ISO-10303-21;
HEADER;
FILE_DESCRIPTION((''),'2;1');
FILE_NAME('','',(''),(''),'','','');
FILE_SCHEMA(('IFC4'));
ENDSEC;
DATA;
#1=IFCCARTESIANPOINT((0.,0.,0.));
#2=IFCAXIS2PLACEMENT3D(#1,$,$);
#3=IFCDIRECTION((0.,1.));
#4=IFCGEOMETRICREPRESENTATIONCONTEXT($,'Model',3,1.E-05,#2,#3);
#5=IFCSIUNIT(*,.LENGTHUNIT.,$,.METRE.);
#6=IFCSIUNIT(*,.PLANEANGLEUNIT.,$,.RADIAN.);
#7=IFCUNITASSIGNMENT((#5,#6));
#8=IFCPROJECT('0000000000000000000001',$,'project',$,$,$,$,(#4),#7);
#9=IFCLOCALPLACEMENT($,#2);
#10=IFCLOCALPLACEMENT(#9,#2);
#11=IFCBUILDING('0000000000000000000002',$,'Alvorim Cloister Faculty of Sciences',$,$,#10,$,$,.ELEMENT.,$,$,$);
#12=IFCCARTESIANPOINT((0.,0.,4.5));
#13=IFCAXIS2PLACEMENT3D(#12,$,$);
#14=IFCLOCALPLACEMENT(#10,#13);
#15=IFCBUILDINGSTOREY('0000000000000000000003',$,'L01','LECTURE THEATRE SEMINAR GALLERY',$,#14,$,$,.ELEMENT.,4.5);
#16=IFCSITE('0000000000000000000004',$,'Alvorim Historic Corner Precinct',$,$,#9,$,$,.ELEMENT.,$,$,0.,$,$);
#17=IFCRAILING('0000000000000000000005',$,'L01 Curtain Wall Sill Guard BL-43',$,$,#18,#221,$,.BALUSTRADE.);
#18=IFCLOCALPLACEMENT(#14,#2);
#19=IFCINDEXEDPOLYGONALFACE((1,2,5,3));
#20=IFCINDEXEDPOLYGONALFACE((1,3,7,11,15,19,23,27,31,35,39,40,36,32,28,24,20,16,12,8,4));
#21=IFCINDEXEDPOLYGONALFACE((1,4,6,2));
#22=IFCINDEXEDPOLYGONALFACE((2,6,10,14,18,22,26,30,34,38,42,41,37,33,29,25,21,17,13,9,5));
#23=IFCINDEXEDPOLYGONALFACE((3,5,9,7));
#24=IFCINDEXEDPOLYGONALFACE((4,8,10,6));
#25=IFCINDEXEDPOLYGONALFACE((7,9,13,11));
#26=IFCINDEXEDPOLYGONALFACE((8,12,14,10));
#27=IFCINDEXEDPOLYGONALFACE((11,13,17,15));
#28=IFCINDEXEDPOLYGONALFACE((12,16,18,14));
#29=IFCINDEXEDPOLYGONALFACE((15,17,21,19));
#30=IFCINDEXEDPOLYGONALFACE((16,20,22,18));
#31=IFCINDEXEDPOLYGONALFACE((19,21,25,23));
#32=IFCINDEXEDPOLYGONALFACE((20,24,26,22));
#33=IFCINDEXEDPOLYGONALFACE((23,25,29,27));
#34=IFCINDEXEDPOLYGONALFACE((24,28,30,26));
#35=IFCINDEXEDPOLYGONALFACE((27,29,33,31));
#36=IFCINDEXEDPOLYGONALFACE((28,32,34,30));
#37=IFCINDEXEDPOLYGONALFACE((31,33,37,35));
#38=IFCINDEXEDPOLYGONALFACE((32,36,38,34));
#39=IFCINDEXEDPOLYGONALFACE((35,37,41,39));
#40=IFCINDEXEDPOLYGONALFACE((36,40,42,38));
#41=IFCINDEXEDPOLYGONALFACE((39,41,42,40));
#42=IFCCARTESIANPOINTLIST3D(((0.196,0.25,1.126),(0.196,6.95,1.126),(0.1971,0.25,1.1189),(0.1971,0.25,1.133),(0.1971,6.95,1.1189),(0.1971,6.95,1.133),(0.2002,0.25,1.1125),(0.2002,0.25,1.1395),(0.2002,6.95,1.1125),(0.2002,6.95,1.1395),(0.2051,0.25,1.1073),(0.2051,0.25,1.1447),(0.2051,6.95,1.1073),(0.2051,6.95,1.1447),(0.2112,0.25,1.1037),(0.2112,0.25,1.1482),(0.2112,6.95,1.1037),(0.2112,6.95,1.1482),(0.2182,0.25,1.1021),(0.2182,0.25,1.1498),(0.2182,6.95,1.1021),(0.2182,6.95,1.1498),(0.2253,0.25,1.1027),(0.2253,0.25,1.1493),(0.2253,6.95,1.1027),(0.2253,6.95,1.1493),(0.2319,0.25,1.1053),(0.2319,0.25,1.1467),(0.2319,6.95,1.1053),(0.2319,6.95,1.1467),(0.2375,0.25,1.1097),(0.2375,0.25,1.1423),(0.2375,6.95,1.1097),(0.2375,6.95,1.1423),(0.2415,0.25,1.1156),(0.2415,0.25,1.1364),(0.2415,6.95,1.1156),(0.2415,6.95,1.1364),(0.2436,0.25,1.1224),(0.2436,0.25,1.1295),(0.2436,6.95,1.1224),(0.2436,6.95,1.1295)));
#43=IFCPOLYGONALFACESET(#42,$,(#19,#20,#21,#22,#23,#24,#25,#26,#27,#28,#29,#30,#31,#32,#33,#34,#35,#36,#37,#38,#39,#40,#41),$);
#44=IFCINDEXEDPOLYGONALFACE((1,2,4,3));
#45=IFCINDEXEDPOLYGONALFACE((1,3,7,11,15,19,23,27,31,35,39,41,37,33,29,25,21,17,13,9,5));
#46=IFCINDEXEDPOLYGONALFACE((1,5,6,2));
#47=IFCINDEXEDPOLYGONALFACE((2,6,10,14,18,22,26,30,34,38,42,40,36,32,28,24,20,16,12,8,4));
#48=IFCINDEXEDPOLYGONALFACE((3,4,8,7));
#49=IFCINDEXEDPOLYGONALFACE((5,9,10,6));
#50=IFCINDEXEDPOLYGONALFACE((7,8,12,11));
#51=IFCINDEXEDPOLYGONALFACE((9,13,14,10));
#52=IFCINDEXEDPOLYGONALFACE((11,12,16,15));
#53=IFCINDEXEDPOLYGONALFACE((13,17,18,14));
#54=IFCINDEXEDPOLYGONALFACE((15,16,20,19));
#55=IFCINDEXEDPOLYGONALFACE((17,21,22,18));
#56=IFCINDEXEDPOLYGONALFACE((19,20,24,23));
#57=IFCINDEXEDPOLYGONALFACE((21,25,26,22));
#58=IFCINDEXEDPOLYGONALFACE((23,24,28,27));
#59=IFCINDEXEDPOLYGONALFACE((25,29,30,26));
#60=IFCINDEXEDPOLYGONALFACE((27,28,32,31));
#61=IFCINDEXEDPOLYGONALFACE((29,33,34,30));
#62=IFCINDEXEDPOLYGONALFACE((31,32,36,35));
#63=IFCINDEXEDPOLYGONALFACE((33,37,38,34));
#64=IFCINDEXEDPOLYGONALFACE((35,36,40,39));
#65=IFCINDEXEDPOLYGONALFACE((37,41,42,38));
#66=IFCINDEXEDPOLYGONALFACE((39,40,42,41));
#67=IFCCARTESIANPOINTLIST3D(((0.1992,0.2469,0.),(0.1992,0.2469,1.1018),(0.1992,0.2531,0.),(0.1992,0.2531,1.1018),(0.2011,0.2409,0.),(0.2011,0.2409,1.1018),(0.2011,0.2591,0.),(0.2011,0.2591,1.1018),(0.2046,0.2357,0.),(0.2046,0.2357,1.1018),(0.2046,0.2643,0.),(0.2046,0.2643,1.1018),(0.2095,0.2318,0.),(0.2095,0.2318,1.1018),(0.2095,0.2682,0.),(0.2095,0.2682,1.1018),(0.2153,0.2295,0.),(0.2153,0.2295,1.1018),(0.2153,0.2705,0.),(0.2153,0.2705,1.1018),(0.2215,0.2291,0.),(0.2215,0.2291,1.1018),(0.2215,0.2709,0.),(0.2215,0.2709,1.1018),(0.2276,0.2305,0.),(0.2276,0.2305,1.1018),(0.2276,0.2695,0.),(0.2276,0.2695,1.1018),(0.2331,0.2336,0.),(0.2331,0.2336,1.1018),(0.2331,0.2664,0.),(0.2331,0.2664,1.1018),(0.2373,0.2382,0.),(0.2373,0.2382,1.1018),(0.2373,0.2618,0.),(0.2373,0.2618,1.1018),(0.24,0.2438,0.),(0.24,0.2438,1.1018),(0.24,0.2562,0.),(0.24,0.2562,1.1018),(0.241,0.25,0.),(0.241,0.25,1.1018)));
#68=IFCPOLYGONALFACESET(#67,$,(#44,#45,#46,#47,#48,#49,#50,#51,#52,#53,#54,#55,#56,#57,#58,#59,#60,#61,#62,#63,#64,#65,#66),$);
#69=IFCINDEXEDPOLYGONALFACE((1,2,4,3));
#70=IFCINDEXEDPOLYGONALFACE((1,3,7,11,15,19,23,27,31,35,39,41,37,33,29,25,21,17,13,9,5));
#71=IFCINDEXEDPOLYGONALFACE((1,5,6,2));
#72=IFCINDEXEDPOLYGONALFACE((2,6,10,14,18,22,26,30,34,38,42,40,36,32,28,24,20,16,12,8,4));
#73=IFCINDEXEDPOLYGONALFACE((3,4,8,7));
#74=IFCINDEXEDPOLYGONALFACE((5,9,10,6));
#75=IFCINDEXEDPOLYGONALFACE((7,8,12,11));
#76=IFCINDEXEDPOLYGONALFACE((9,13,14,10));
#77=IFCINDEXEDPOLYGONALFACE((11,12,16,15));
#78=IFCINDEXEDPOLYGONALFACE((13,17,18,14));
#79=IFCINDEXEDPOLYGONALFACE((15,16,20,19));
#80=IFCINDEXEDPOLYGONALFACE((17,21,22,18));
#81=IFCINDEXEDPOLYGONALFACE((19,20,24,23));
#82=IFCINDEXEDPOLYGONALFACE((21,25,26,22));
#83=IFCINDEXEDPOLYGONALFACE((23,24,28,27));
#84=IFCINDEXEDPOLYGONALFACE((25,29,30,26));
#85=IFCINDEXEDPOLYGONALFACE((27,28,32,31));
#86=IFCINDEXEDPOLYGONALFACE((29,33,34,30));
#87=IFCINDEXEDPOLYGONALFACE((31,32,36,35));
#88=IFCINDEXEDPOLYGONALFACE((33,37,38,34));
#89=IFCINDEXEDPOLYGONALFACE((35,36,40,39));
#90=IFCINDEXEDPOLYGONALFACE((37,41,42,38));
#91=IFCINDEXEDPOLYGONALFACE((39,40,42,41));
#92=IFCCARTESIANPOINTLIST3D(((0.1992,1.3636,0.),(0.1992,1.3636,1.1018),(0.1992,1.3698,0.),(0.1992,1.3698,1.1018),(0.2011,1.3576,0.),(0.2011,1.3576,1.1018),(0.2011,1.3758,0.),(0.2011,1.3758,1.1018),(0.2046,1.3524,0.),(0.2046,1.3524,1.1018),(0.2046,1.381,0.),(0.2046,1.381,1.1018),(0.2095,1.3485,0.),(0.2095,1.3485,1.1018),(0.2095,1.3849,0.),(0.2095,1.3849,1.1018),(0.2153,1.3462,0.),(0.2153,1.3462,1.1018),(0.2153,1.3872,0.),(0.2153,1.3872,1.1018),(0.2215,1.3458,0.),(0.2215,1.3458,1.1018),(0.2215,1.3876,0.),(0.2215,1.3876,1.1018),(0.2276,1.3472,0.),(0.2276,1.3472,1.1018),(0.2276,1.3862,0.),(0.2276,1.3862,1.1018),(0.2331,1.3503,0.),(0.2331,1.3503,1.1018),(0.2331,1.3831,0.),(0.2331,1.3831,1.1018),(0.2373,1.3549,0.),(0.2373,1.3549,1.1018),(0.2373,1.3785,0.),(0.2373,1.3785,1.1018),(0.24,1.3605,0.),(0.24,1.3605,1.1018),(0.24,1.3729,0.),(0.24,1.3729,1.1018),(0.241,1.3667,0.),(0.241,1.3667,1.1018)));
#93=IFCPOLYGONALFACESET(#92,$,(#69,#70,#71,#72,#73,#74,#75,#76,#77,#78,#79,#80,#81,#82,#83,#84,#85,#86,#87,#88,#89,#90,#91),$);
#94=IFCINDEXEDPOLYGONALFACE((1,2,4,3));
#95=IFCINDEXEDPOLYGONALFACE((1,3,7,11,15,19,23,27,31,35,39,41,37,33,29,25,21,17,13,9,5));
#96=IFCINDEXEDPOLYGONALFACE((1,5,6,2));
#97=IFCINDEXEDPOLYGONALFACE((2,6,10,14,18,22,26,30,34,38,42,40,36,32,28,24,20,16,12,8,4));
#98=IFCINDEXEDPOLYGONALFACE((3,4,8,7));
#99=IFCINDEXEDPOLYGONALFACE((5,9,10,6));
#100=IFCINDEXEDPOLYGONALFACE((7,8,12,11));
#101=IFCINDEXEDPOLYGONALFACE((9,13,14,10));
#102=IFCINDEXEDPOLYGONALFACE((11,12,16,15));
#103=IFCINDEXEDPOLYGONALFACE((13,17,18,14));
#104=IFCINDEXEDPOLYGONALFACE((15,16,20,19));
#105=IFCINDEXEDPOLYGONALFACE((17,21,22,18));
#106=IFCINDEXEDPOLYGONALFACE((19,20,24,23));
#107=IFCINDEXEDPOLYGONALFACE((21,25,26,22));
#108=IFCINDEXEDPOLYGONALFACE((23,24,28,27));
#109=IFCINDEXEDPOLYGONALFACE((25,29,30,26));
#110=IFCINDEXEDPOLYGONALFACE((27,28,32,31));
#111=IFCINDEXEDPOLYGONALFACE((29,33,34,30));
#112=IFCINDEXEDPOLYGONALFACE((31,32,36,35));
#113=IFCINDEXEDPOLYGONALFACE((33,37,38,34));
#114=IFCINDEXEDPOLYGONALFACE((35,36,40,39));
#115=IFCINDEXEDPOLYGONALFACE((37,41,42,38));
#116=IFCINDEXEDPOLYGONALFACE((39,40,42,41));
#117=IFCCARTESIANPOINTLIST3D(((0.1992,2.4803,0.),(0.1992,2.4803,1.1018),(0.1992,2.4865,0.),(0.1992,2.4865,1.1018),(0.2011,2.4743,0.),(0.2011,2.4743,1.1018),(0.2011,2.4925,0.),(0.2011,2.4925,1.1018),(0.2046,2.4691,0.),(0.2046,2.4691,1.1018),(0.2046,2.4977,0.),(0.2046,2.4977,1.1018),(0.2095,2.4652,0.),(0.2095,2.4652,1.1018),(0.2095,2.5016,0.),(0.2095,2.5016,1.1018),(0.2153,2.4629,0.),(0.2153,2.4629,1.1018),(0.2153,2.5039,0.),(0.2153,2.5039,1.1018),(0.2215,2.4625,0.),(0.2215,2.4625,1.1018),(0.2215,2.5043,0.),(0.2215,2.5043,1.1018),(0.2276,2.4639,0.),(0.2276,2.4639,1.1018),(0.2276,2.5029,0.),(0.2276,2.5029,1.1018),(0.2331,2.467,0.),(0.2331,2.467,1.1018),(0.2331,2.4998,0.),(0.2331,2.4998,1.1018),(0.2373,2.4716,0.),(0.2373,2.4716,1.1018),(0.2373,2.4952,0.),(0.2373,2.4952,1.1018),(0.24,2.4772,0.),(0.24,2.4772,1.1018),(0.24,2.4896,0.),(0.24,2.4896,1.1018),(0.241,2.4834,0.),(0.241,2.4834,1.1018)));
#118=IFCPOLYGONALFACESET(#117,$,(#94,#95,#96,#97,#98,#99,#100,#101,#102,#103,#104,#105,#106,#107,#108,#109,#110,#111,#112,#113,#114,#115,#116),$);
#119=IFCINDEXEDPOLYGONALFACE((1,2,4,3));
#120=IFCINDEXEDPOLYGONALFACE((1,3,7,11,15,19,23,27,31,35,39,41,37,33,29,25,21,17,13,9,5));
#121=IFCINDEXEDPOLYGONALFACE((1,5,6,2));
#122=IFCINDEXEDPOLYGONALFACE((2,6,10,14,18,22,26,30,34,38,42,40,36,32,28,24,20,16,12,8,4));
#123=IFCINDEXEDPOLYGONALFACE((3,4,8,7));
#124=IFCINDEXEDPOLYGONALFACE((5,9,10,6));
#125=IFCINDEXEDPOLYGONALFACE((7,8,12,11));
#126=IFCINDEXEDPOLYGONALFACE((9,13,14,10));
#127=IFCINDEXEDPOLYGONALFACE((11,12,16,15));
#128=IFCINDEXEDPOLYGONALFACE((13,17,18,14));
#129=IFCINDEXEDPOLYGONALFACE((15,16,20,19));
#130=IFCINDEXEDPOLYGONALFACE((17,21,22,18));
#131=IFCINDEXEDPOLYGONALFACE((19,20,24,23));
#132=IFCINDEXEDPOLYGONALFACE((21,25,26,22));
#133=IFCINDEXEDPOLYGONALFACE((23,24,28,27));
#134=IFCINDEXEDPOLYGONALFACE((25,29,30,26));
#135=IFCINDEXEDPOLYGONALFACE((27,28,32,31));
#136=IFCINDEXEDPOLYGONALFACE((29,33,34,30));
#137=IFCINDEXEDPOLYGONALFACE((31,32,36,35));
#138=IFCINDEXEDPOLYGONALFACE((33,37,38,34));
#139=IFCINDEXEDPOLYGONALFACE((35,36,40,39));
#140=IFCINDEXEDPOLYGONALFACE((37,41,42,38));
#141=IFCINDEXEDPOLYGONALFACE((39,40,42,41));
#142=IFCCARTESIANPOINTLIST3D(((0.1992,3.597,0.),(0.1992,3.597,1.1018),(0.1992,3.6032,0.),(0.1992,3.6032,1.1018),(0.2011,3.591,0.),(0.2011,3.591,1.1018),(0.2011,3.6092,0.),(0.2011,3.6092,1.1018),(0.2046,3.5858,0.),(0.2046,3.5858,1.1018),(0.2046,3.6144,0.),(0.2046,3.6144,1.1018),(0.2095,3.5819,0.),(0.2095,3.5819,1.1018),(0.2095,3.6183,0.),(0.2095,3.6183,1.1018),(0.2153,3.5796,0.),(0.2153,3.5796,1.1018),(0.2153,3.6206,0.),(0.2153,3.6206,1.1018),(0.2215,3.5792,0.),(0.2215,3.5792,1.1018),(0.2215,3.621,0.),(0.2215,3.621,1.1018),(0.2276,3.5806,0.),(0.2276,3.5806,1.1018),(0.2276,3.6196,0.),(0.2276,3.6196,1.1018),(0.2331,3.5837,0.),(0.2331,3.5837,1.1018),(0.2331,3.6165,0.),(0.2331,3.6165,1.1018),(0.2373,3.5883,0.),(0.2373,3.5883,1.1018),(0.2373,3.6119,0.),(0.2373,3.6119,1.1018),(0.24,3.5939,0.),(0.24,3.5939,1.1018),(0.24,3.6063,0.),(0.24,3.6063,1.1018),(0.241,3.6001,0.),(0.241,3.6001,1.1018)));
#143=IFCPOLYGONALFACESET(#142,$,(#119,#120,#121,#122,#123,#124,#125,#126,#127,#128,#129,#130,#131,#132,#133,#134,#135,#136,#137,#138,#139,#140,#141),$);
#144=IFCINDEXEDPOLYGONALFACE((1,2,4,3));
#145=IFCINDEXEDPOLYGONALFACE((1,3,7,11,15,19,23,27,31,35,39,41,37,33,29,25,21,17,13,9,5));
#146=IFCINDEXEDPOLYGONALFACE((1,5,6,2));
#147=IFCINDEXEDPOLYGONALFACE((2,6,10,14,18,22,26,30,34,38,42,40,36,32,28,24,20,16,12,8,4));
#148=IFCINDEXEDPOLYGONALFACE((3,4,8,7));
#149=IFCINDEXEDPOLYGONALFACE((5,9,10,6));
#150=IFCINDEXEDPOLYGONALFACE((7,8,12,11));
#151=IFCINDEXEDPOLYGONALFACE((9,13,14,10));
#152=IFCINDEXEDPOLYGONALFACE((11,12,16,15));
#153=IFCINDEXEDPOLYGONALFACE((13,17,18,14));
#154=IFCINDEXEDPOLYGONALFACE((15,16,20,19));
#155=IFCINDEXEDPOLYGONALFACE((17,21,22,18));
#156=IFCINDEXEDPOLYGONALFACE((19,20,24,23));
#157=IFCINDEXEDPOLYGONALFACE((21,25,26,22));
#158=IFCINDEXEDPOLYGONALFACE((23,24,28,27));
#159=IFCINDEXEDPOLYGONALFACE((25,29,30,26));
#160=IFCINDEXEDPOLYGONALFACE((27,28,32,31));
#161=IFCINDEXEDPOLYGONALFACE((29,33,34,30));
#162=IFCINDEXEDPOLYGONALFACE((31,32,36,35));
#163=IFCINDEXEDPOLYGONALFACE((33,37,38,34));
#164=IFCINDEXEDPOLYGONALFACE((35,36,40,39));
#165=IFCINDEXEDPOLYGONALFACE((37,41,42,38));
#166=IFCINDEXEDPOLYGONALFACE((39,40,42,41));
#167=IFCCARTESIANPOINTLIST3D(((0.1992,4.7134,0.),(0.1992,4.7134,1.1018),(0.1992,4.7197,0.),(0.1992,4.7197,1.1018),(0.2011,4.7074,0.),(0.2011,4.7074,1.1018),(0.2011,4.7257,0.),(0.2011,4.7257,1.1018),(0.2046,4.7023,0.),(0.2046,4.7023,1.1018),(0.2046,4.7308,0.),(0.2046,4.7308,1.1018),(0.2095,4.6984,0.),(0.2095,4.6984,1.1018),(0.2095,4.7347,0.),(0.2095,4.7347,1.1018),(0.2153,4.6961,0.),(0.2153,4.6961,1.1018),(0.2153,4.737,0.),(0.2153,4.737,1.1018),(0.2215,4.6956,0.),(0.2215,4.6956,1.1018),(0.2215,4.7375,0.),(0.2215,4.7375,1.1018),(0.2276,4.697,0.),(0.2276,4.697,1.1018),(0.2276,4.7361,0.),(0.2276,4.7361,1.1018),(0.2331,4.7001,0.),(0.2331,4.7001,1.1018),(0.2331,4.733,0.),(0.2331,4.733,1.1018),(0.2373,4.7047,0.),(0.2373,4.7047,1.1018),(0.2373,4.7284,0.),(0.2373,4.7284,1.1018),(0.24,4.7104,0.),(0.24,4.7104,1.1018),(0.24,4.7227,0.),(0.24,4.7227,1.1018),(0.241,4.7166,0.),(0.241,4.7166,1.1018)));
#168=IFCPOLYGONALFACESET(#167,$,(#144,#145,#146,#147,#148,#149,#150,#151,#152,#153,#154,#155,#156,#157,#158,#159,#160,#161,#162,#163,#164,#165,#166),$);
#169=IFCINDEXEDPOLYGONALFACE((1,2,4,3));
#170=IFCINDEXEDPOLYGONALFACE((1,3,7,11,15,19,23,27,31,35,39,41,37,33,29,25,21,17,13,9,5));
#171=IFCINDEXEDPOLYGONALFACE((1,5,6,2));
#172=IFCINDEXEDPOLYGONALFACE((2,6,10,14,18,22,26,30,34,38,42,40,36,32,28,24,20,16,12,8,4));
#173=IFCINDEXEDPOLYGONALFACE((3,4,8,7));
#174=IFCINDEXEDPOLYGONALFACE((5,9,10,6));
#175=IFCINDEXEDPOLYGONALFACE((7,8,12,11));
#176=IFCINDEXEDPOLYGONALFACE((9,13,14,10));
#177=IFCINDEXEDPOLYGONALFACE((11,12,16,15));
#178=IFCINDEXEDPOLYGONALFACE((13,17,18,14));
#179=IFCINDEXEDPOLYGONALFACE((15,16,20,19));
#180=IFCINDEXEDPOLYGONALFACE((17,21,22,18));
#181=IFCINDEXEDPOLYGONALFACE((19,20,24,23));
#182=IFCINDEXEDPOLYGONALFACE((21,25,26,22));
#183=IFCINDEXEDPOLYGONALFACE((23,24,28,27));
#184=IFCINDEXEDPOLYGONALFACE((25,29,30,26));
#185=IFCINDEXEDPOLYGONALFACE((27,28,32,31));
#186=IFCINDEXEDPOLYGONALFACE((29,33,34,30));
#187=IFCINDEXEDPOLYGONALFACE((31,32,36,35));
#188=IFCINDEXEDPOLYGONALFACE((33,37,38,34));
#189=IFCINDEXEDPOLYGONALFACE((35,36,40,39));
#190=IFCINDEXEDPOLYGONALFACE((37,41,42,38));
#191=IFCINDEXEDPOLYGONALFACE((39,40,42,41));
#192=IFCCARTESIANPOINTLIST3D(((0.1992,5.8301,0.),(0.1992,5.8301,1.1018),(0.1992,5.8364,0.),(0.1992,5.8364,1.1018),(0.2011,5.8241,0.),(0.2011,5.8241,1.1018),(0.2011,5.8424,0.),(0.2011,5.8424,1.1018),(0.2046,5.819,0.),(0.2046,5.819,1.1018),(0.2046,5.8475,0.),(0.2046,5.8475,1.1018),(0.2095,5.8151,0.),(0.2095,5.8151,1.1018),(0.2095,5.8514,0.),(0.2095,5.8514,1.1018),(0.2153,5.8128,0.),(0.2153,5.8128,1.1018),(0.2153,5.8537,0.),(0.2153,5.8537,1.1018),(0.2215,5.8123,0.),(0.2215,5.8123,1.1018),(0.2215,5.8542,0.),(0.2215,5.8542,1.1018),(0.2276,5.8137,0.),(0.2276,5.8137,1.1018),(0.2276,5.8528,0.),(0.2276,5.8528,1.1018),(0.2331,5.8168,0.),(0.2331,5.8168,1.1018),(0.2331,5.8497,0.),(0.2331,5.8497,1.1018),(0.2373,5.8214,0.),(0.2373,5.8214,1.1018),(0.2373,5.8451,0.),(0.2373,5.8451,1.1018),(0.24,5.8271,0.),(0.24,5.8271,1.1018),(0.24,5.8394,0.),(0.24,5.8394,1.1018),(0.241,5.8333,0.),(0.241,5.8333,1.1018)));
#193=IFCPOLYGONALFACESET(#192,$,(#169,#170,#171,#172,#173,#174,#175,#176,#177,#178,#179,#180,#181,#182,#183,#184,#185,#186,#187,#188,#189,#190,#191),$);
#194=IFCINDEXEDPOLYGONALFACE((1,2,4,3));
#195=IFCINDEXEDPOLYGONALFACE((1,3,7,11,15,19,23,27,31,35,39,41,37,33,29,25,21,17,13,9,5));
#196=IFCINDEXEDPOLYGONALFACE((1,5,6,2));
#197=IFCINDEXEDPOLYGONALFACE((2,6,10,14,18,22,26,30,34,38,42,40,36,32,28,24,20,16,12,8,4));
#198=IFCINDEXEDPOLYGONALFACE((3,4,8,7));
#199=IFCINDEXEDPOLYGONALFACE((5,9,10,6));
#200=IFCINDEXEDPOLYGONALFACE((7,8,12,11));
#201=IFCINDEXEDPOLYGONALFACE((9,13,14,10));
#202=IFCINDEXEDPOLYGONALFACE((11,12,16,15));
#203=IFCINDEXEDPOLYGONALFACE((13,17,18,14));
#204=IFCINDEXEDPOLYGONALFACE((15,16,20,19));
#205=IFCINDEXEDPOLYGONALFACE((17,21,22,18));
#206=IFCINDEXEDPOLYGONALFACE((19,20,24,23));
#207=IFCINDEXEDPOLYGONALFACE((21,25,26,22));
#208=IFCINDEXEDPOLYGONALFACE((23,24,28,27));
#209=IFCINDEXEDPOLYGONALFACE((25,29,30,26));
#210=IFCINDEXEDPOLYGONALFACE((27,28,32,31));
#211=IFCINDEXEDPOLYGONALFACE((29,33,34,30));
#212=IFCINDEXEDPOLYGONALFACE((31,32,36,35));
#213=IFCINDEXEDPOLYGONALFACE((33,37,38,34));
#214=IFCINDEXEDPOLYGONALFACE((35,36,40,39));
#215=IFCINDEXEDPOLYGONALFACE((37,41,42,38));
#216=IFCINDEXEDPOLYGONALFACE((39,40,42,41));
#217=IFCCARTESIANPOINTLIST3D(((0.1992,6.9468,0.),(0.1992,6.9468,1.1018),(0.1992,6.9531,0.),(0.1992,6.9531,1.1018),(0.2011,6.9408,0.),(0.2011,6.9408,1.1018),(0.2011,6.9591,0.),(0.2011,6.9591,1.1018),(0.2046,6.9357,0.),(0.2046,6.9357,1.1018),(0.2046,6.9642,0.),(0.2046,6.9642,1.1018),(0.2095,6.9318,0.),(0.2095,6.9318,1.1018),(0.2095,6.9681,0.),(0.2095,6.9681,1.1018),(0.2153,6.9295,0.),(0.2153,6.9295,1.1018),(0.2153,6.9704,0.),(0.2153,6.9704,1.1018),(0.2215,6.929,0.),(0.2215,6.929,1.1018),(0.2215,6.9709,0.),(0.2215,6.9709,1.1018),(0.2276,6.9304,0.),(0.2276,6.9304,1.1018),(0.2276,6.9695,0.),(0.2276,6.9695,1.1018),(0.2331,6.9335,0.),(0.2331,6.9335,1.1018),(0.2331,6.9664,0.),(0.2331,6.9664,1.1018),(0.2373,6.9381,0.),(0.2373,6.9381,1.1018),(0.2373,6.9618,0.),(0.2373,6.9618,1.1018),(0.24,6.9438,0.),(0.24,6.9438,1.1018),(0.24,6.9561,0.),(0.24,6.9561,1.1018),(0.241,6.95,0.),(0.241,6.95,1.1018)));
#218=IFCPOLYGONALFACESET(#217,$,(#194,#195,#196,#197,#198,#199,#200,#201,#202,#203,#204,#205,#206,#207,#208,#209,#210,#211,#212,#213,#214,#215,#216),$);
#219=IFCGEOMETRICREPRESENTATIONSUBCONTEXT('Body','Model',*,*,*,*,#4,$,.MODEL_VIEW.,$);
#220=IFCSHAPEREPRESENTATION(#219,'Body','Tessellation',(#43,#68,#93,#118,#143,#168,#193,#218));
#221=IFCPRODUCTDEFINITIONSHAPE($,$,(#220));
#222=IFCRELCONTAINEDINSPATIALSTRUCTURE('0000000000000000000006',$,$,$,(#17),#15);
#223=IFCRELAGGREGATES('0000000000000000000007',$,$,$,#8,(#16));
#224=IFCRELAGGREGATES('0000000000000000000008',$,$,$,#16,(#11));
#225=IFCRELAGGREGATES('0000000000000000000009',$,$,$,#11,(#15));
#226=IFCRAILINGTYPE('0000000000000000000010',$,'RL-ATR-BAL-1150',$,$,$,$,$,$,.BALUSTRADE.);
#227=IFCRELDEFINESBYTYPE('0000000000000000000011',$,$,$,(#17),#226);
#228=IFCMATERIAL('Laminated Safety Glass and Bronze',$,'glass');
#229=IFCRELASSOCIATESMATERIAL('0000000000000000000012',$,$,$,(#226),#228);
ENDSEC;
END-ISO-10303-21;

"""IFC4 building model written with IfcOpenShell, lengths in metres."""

from ifc_helpers import new_model, si_unit, direction, frame, origin, origin_2d, place, context, subcontext, project, spatial, circle, extrude, material, type_object, element, save


model = new_model("IFC4")

# Units and contexts
model_context = context("Model", 3, precision=1e-05, world=origin(), true_north=direction((0.0, 1.0)))
body_context = subcontext(model_context, "Body", "Model", "MODEL_VIEW")
ifc_project = project(units=[si_unit("LENGTHUNIT", "METRE"), si_unit("PLANEANGLEUNIT", "RADIAN")], contexts=[model_context])

# Site, building, storey
site_placement = place(None, origin())
site = spatial("IfcSite", under=ifc_project, at=site_placement, Name="Alvorim Historic Corner Precinct", CompositionType="ELEMENT", RefElevation=0.0)
building_placement = place(site_placement, origin())
building = spatial("IfcBuilding", under=site, at=building_placement, Name="Alvorim Cloister Faculty of Sciences", CompositionType="ELEMENT")
storey_placement = place(building_placement, frame((0.0, 0.0, 4.5)))
storey = spatial("IfcBuildingStorey", under=building, at=storey_placement, Name="L01", Description="LECTURE THEATRE SEMINAR GALLERY", CompositionType="ELEMENT", Elevation=4.5)

# Railing
ifc_material_1 = material(Name="Laminated Safety Glass and Bronze", Category="glass")
railing_type = type_object("IfcRailingType", Name="RL-ATR-BAL-1150", PredefinedType="BALUSTRADE", material=ifc_material_1)
railing_1_placement = place(storey_placement, frame((0.22, 0.25, 0.0)))
element("IfcRailing", 1, at=railing_1_placement, inside=storey, type_object=railing_type, Name="L01 Curtain Wall Sill Guard BL-43", PredefinedType="BALUSTRADE", context=body_context, shape_type="SweptSolid", body=[
    extrude(circle(Radius=0.0239, at=origin_2d()), frame((0.0, 0.0, 1.126), z_axis=(0.0, 1.0, 0.0), x_axis=(-1.0, 0.0, 0.0)), (0.0, 0.0, 1.0), 6.7),
    extrude(circle(Radius=0.021, at=origin_2d()), origin(), (0.0, 0.0, 1.0), 1.1018),
    extrude(circle(Radius=0.021, at=origin_2d()), frame((0.0, 1.1167, 0.0)), (0.0, 0.0, 1.0), 1.1018),
    extrude(circle(Radius=0.021, at=origin_2d()), frame((0.0, 2.2334, 0.0)), (0.0, 0.0, 1.0), 1.1018),
    extrude(circle(Radius=0.021, at=origin_2d()), frame((0.0, 3.3501, 0.0)), (0.0, 0.0, 1.0), 1.1018),
    extrude(circle(Radius=0.021, at=origin_2d()), frame((0.0, 4.4666, 0.0)), (0.0, 0.0, 1.0), 1.1018),
    extrude(circle(Radius=0.021, at=origin_2d()), frame((0.0, 5.5833, 0.0)), (0.0, 0.0, 1.0), 1.1018),
    extrude(circle(Radius=0.021, at=origin_2d()), frame((0.0, 6.7, 0.0)), (0.0, 0.0, 1.0), 1.1018),
])

save(model, "model.ifc")
